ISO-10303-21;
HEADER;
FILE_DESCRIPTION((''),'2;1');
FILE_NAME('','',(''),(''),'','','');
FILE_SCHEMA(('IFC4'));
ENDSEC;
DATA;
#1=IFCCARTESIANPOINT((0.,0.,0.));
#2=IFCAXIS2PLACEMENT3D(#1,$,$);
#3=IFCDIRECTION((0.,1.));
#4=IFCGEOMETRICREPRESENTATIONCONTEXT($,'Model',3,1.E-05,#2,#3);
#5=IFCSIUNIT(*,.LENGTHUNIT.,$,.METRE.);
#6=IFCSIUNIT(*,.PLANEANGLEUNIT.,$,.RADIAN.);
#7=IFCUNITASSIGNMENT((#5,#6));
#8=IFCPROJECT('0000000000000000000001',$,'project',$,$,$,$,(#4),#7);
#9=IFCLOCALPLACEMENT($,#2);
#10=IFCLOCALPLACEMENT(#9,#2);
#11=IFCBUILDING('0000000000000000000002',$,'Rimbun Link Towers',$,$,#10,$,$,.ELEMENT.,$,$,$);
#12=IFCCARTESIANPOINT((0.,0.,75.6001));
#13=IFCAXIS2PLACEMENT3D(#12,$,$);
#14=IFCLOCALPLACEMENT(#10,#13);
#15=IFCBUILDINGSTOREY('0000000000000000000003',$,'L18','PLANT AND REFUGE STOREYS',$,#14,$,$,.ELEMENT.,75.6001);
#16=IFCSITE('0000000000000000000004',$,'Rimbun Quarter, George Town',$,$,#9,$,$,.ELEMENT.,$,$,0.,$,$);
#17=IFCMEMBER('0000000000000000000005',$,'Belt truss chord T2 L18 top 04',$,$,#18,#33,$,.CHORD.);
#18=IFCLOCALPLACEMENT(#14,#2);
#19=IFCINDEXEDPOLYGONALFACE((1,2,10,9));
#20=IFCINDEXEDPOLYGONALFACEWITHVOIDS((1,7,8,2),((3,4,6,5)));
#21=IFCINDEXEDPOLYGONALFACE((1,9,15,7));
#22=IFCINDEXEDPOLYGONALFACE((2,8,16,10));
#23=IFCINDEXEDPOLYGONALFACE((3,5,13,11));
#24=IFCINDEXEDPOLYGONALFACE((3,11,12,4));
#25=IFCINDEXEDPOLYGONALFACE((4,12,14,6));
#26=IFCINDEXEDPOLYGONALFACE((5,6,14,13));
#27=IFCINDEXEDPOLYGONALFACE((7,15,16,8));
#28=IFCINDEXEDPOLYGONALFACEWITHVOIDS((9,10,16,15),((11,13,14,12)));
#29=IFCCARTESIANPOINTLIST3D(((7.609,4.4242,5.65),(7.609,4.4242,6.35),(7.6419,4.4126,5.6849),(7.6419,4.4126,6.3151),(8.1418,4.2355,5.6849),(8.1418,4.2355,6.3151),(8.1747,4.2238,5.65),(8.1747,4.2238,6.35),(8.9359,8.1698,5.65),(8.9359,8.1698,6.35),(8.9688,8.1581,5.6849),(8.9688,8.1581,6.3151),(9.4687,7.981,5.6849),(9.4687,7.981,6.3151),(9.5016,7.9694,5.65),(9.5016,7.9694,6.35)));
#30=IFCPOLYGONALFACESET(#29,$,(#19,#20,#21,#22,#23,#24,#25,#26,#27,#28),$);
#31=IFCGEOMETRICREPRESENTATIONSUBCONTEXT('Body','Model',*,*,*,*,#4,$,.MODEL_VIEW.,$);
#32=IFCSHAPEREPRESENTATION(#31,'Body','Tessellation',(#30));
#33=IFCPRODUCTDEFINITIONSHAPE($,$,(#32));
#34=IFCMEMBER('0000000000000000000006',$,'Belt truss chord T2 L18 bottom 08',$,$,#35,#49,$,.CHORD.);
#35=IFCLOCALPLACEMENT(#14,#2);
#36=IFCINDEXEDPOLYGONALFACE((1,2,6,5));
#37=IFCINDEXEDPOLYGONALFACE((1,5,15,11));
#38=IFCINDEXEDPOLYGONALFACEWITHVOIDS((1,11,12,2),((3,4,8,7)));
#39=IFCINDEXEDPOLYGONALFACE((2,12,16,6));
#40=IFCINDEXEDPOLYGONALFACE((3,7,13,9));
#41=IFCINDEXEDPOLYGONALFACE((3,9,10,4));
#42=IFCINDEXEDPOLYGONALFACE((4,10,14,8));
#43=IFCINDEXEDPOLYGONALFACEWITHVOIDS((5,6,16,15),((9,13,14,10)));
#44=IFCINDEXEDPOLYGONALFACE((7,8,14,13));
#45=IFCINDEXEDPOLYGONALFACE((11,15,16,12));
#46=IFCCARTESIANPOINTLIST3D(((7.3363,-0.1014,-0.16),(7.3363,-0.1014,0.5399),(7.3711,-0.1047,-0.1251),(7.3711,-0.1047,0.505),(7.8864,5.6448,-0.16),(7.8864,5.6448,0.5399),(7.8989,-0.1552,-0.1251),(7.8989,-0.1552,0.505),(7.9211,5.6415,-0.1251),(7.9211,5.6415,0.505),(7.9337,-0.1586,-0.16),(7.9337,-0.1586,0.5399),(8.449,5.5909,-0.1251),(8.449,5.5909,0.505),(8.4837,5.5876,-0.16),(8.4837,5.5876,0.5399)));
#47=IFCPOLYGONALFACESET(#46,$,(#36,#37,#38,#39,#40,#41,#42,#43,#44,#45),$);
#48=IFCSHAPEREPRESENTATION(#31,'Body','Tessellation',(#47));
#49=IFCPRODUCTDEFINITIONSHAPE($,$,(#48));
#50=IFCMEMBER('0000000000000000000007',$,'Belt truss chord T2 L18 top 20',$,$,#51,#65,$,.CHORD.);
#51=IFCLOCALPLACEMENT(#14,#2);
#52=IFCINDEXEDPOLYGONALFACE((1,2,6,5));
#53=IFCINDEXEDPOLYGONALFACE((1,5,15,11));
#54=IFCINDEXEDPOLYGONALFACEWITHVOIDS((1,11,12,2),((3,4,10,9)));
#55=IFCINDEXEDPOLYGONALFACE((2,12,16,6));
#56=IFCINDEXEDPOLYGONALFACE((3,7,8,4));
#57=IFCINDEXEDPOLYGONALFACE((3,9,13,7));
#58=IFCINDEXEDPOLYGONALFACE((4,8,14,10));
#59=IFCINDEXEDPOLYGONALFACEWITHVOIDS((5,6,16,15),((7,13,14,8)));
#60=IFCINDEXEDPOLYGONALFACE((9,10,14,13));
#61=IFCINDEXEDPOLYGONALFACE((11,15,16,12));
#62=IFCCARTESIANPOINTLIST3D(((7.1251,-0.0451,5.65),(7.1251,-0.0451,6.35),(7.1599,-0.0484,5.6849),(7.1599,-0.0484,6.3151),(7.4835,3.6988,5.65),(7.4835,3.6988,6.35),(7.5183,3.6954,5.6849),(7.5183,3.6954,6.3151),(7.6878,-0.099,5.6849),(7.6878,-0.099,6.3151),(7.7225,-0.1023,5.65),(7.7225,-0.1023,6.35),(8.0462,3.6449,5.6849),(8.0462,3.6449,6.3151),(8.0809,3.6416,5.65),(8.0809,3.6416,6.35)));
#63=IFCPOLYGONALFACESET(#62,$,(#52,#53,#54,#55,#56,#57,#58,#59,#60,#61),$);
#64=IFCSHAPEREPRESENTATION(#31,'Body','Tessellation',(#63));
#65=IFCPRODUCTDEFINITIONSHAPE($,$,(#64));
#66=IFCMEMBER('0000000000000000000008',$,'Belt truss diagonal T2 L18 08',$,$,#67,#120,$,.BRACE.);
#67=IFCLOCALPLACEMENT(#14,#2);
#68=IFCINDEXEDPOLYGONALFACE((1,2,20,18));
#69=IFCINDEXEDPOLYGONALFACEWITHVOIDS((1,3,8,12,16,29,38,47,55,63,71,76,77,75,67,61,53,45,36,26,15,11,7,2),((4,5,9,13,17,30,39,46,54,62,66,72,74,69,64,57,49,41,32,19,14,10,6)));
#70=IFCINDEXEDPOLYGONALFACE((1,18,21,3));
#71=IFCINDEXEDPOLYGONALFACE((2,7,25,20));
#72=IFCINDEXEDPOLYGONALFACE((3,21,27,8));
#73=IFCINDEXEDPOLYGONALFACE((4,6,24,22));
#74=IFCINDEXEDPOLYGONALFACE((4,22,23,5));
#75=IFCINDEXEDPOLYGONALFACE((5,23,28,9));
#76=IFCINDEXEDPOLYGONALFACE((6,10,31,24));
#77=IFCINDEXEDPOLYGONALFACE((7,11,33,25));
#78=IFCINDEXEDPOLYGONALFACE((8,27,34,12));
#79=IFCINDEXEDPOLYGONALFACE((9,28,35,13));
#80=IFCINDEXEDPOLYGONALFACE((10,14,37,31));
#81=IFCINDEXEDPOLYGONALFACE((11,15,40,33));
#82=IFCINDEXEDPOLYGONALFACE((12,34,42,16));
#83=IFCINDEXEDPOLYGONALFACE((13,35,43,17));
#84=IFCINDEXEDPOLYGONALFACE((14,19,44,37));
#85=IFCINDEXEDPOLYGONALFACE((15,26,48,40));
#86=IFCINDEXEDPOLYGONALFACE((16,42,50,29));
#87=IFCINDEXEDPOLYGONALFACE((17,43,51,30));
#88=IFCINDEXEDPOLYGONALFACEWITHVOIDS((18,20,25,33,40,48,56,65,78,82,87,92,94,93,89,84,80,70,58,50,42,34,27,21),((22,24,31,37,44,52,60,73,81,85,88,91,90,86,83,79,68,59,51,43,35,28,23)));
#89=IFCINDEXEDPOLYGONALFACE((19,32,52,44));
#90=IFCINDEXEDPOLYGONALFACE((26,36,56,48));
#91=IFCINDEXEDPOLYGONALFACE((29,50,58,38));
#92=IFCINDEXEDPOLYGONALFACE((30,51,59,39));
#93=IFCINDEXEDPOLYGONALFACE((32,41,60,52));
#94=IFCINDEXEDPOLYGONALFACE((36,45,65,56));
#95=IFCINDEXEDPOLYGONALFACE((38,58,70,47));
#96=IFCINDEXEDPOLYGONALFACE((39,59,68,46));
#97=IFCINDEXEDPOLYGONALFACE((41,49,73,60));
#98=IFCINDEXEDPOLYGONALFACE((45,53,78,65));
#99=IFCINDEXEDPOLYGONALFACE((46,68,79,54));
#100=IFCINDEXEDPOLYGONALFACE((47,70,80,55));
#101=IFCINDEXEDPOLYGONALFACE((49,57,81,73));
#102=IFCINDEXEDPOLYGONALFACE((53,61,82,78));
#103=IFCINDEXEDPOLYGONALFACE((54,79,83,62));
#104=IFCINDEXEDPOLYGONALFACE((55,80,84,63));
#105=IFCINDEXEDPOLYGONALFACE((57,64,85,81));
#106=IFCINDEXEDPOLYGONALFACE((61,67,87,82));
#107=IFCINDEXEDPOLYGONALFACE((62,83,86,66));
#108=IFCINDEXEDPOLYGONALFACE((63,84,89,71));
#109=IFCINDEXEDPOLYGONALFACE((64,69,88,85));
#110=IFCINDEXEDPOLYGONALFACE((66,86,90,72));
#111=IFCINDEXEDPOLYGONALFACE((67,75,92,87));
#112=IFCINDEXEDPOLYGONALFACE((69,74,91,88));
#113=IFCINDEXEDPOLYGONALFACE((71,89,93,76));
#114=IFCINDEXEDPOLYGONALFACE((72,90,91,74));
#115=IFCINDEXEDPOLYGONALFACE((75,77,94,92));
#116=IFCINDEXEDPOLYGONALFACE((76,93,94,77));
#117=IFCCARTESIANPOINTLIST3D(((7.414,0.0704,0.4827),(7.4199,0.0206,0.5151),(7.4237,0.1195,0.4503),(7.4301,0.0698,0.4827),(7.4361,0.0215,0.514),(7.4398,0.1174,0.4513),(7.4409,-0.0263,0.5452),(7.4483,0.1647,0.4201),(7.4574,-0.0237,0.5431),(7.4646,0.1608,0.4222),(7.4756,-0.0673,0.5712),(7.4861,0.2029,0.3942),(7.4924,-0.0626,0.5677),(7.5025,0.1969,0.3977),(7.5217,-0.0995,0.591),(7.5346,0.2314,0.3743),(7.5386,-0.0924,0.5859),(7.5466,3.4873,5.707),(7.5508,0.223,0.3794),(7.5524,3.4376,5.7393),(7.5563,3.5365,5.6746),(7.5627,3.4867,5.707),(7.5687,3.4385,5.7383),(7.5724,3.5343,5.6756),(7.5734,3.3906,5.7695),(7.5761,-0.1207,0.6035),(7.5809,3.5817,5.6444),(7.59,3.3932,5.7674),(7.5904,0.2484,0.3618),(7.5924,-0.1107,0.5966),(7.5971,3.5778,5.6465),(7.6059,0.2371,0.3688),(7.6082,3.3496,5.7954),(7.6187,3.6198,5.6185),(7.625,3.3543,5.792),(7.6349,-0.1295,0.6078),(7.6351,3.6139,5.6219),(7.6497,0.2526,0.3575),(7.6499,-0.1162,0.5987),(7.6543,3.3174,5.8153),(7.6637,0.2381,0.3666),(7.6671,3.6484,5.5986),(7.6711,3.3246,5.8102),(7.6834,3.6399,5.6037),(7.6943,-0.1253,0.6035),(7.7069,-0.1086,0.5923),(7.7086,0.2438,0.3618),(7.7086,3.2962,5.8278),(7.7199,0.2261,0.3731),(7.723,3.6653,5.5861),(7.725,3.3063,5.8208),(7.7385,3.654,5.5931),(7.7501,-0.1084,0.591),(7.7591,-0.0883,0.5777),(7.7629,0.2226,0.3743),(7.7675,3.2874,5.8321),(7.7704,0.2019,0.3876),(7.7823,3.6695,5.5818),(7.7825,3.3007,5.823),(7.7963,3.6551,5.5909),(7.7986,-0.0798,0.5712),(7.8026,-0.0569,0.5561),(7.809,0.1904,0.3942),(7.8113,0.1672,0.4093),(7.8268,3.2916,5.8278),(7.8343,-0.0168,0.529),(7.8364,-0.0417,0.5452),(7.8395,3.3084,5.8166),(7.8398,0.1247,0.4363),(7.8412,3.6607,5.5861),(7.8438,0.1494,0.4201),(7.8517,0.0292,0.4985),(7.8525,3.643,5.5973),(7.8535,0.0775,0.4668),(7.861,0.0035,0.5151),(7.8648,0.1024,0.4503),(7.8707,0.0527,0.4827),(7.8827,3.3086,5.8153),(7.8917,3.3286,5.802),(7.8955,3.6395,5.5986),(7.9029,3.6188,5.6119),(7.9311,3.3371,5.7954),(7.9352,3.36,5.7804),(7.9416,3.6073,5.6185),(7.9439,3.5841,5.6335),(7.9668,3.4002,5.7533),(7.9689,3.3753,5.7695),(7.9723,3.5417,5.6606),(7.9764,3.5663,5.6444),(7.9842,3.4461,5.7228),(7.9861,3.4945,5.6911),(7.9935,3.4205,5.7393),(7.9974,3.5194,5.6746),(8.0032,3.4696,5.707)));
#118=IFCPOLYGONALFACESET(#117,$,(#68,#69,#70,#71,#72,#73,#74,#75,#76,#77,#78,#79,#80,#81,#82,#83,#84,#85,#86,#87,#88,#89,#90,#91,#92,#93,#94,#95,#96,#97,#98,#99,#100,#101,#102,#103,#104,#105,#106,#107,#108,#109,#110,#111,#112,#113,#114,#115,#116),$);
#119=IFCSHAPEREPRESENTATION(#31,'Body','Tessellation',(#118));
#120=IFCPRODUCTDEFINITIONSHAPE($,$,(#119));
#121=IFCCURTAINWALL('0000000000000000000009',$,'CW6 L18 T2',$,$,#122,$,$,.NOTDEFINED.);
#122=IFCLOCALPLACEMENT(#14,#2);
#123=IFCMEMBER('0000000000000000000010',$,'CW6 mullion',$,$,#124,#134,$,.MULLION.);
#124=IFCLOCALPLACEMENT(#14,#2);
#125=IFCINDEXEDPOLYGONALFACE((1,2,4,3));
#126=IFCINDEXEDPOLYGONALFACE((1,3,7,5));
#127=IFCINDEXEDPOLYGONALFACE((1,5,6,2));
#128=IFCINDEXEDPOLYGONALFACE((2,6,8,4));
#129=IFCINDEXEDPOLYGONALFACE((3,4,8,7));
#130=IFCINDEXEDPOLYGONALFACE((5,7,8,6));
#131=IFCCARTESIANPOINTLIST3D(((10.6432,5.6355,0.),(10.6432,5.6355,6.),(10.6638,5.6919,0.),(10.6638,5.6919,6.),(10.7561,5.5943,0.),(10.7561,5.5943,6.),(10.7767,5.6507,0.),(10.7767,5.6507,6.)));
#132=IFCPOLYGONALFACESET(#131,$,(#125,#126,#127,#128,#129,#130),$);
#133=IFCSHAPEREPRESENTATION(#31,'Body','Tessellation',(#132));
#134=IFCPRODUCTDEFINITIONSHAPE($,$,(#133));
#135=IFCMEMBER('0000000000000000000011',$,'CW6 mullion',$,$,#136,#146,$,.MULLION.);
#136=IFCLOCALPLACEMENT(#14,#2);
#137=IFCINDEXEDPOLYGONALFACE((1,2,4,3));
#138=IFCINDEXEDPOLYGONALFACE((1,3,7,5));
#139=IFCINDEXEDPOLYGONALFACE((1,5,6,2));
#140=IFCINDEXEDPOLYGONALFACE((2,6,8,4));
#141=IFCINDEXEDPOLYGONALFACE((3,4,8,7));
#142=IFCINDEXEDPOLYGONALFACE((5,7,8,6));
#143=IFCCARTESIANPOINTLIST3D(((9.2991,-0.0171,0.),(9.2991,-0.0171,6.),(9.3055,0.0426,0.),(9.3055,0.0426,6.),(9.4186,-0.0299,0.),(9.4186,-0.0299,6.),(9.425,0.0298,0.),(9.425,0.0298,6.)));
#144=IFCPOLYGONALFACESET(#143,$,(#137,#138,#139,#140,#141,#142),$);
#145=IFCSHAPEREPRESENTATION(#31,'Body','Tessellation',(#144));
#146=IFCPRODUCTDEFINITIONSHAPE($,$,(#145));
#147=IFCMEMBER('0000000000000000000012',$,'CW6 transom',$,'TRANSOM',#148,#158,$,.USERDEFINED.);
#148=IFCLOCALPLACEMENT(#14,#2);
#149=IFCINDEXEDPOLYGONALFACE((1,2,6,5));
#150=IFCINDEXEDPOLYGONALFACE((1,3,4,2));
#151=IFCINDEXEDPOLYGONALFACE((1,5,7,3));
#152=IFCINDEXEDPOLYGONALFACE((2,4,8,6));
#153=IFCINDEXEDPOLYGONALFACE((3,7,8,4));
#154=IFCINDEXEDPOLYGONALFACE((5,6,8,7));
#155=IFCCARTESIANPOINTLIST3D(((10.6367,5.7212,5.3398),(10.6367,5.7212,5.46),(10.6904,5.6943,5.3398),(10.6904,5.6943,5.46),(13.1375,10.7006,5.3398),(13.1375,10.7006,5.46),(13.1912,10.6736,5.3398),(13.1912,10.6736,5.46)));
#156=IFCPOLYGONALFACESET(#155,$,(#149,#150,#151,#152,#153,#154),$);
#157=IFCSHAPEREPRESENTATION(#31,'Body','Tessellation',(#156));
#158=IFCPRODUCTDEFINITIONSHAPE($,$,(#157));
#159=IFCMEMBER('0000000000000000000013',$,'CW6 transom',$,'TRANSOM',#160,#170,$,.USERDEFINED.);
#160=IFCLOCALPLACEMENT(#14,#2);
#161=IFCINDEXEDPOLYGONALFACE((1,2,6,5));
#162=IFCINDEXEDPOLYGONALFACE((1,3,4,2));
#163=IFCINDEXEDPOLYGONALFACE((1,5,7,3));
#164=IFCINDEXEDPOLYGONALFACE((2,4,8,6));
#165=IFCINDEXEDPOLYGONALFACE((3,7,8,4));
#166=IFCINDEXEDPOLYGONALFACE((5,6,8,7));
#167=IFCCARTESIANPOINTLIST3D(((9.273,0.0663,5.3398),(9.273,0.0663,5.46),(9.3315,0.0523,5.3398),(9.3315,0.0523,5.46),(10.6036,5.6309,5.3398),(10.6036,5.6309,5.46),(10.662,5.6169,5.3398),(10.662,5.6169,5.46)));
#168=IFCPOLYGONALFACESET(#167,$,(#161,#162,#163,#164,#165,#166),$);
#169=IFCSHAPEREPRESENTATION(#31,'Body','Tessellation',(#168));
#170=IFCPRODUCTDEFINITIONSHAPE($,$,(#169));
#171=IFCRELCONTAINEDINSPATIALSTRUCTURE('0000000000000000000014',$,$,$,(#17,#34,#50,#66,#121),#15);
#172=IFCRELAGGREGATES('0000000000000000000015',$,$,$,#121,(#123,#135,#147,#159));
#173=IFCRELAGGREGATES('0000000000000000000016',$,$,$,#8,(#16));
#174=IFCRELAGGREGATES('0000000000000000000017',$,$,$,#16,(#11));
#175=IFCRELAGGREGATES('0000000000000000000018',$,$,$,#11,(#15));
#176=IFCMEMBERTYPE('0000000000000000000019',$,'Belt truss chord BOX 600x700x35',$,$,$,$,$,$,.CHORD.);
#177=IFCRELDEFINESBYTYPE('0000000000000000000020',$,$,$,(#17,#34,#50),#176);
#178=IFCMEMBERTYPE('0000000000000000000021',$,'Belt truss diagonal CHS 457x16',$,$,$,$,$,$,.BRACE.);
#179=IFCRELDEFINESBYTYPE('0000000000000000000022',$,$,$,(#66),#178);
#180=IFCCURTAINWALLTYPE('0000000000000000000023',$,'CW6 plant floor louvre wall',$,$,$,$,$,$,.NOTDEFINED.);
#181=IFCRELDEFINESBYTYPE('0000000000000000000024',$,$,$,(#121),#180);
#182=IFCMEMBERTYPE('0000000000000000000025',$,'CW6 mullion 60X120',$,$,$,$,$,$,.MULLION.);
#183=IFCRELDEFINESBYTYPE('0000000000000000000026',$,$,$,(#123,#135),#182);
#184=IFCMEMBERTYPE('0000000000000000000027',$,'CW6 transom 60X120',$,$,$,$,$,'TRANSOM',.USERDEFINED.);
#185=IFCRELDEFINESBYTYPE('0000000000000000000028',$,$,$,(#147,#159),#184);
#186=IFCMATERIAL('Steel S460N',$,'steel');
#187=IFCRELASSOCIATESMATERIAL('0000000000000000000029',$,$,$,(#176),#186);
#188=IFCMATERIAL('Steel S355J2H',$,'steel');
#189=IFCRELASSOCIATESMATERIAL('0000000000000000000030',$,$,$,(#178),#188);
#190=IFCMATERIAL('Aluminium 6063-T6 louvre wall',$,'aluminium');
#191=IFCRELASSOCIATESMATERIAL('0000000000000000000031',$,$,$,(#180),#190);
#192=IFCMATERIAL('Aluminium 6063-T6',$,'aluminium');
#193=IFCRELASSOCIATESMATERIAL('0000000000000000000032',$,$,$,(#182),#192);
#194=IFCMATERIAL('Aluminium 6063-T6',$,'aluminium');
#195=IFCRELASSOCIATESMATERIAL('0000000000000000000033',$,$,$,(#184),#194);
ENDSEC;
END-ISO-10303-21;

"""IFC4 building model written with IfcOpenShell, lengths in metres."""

from ifc_helpers import new_model, si_unit, direction, frame, origin, origin_2d, place, context, subcontext, project, spatial, rectangle, hollow_rectangle, hollow_circle, extrude, material, material_profile, profile_set, type_object, element, aggregate, save


model = new_model("IFC4")

# Units and contexts
model_context = context("Model", 3, precision=1e-05, world=origin(), true_north=direction((0.0, 1.0)))
body_context = subcontext(model_context, "Body", "Model", "MODEL_VIEW")
ifc_project = project(units=[si_unit("LENGTHUNIT", "METRE"), si_unit("PLANEANGLEUNIT", "RADIAN")], contexts=[model_context])

# Site, building, storey
site_placement = place(None, origin())
site = spatial("IfcSite", under=ifc_project, at=site_placement, Name="Rimbun Quarter, George Town", CompositionType="ELEMENT", RefElevation=0.0)
building_placement = place(site_placement, origin())
building = spatial("IfcBuilding", under=site, at=building_placement, Name="Rimbun Link Towers", CompositionType="ELEMENT")
storey_placement = place(building_placement, frame((0.0, 0.0, 75.6001)))
storey = spatial("IfcBuildingStorey", under=building, at=storey_placement, Name="L18", Description="PLANT AND REFUGE STOREYS", CompositionType="ELEMENT", Elevation=75.6001)

# Members
ifc_material_1 = material(Name="Steel S460N", Category="steel")
ifc_material_profile_1 = material_profile(ifc_material_1, hollow_rectangle(XDim=0.6001, YDim=0.7, WallThickness=0.0349, at=origin_2d()), Name="Belt truss chord BOX 600x700x35")
ifc_profile_set_1 = profile_set([ifc_material_profile_1], Name="Steel S460N")
member_type_1 = type_object("IfcMemberType", Name="Belt truss chord BOX 600x700x35", PredefinedType="CHORD", material=ifc_profile_set_1)
member_1_placement = place(storey_placement, frame((9.2188, 8.0696, 6.0), z_axis=(-0.333922, -0.942601, 0.0), x_axis=(0.942601, -0.333922, 0.0)))
element("IfcMember", 1, at=member_1_placement, inside=storey, type_object=member_type_1, Name="Belt truss chord T2 L18 top 04", PredefinedType="CHORD", context=body_context, shape_type="SweptSolid", body=[
    extrude(hollow_rectangle(XDim=0.6001, YDim=0.7, WallThickness=0.0349, at=origin_2d()), origin(), (0.0, 0.0, 1.0), 3.9736),
])
member_2_placement = place(storey_placement, frame((8.1851, 5.6162, 0.1899), z_axis=(-0.09529, -0.99545, 0.0), x_axis=(0.99545, -0.09529, 0.0)))
element("IfcMember", 2, at=member_2_placement, inside=storey, type_object=member_type_1, Name="Belt truss chord T2 L18 bottom 08", PredefinedType="CHORD", context=body_context, shape_type="SweptSolid", body=[
    extrude(hollow_rectangle(XDim=0.6001, YDim=0.7, WallThickness=0.0349, at=origin_2d()), origin(), (0.0, 0.0, 1.0), 5.7725),
])
member_3_placement = place(storey_placement, frame((7.7822, 3.6702, 6.0), z_axis=(-0.095293, -0.995449, 0.0), x_axis=(0.995449, -0.095293, 0.0)))
element("IfcMember", 3, at=member_3_placement, inside=storey, type_object=member_type_1, Name="Belt truss chord T2 L18 top 20", PredefinedType="CHORD", context=body_context, shape_type="SweptSolid", body=[
    extrude(hollow_rectangle(XDim=0.6001, YDim=0.7, WallThickness=0.0349, at=origin_2d()), origin(), (0.0, 0.0, 1.0), 3.761),
])
ifc_material_2 = material(Name="Steel S355J2H", Category="steel")
ifc_material_profile_2 = material_profile(ifc_material_2, hollow_circle(Radius=0.2285, WallThickness=0.0161, at=origin_2d()), Name="Belt truss diagonal CHS 457x16")
ifc_profile_set_2 = profile_set([ifc_material_profile_2], Name="Steel S355J2H")
member_type_2 = type_object("IfcMemberType", Name="Belt truss diagonal CHS 457x16", PredefinedType="BRACE", material=ifc_profile_set_2)
member_4_placement = place(storey_placement, frame((7.6423, 0.0615, 0.4827), z_axis=(0.021231, 0.547245, 0.836703), x_axis=(-0.999248, 0.038768, 0.0)))
element("IfcMember", 4, at=member_4_placement, inside=storey, type_object=member_type_2, Name="Belt truss diagonal T2 L18 08", PredefinedType="BRACE", context=body_context, shape_type="SweptSolid", body=[
    extrude(hollow_circle(Radius=0.2285, WallThickness=0.0161, at=origin_2d()), origin(), (0.0, 0.0, 1.0), 6.2439),
])

# Curtain wall, members
ifc_material_3 = material(Name="Aluminium 6063-T6 louvre wall", Category="aluminium")
curtain_wall_type = type_object("IfcCurtainWallType", Name="CW6 plant floor louvre wall", PredefinedType="NOTDEFINED", material=ifc_material_3)
curtain_wall_placement = place(storey_placement, origin())
curtain_wall = element("IfcCurtainWall", 5, at=curtain_wall_placement, inside=storey, type_object=curtain_wall_type, Name="CW6 L18 T2", PredefinedType="NOTDEFINED")
ifc_material_4 = material(Name="Aluminium 6063-T6", Category="aluminium")
ifc_material_profile_3 = material_profile(ifc_material_4, rectangle(XDim=0.1201, YDim=0.0601, at=origin_2d()), Name="MULLION 60X120")
ifc_profile_set_3 = profile_set([ifc_material_profile_3], Name="Aluminium 6063-T6")
member_type_3 = type_object("IfcMemberType", Name="CW6 mullion 60X120", PredefinedType="MULLION", material=ifc_profile_set_3)
member_5_placement = place(storey_placement, frame((10.71, 5.6431, 0.0), z_axis=(0.0, 0.0, 1.0), x_axis=(-0.939348, 0.342965, 0.0)))
member_5 = element("IfcMember", 6, at=member_5_placement, type_object=member_type_3, Name="CW6 mullion", PredefinedType="MULLION", context=body_context, shape_type="SweptSolid", body=[
    extrude(rectangle(XDim=0.1201, YDim=0.0601, at=origin_2d()), origin(), (0.0, 0.0, 1.0), 6.0),
])
member_6_placement = place(storey_placement, frame((9.3621, 0.0063, 0.0), z_axis=(0.0, 0.0, 1.0), x_axis=(-0.994298, 0.106635, 0.0)))
member_6 = element("IfcMember", 7, at=member_6_placement, type_object=member_type_3, Name="CW6 mullion", PredefinedType="MULLION", context=body_context, shape_type="SweptSolid", body=[
    extrude(rectangle(XDim=0.1201, YDim=0.0601, at=origin_2d()), origin(), (0.0, 0.0, 1.0), 6.0),
])
ifc_material_5 = material(Name="Aluminium 6063-T6", Category="aluminium")
ifc_material_profile_4 = material_profile(ifc_material_5, rectangle(XDim=0.0601, YDim=0.1201, at=origin_2d()), Name="TRANSOM 60X120")
ifc_profile_set_4 = profile_set([ifc_material_profile_4], Name="Aluminium 6063-T6")
member_type_4 = type_object("IfcMemberType", Name="CW6 transom 60X120", ElementType="TRANSOM", PredefinedType="USERDEFINED", material=ifc_profile_set_4)
member_7_placement = place(storey_placement, frame((10.6636, 5.7078, 5.3999), z_axis=(0.448808, 0.893628, 0.0), x_axis=(-0.893628, 0.448808, 0.0)))
member_7 = element("IfcMember", 8, at=member_7_placement, type_object=member_type_4, Name="CW6 transom", ObjectType="TRANSOM", PredefinedType="USERDEFINED", context=body_context, shape_type="SweptSolid", body=[
    extrude(rectangle(XDim=0.0601, YDim=0.1201, at=origin_2d()), origin(), (0.0, 0.0, 1.0), 5.572),
])
member_8_placement = place(storey_placement, frame((9.3022, 0.0593, 5.3999), z_axis=(0.232563, 0.972581, 0.0), x_axis=(-0.972581, 0.232563, 0.0)))
member_8 = element("IfcMember", 9, at=member_8_placement, type_object=member_type_4, Name="CW6 transom", ObjectType="TRANSOM", PredefinedType="USERDEFINED", context=body_context, shape_type="SweptSolid", body=[
    extrude(rectangle(XDim=0.0601, YDim=0.1201, at=origin_2d()), origin(), (0.0, 0.0, 1.0), 5.7214),
])

aggregate(curtain_wall, [member_5, member_6, member_7, member_8])

save(model, "model.ifc")
